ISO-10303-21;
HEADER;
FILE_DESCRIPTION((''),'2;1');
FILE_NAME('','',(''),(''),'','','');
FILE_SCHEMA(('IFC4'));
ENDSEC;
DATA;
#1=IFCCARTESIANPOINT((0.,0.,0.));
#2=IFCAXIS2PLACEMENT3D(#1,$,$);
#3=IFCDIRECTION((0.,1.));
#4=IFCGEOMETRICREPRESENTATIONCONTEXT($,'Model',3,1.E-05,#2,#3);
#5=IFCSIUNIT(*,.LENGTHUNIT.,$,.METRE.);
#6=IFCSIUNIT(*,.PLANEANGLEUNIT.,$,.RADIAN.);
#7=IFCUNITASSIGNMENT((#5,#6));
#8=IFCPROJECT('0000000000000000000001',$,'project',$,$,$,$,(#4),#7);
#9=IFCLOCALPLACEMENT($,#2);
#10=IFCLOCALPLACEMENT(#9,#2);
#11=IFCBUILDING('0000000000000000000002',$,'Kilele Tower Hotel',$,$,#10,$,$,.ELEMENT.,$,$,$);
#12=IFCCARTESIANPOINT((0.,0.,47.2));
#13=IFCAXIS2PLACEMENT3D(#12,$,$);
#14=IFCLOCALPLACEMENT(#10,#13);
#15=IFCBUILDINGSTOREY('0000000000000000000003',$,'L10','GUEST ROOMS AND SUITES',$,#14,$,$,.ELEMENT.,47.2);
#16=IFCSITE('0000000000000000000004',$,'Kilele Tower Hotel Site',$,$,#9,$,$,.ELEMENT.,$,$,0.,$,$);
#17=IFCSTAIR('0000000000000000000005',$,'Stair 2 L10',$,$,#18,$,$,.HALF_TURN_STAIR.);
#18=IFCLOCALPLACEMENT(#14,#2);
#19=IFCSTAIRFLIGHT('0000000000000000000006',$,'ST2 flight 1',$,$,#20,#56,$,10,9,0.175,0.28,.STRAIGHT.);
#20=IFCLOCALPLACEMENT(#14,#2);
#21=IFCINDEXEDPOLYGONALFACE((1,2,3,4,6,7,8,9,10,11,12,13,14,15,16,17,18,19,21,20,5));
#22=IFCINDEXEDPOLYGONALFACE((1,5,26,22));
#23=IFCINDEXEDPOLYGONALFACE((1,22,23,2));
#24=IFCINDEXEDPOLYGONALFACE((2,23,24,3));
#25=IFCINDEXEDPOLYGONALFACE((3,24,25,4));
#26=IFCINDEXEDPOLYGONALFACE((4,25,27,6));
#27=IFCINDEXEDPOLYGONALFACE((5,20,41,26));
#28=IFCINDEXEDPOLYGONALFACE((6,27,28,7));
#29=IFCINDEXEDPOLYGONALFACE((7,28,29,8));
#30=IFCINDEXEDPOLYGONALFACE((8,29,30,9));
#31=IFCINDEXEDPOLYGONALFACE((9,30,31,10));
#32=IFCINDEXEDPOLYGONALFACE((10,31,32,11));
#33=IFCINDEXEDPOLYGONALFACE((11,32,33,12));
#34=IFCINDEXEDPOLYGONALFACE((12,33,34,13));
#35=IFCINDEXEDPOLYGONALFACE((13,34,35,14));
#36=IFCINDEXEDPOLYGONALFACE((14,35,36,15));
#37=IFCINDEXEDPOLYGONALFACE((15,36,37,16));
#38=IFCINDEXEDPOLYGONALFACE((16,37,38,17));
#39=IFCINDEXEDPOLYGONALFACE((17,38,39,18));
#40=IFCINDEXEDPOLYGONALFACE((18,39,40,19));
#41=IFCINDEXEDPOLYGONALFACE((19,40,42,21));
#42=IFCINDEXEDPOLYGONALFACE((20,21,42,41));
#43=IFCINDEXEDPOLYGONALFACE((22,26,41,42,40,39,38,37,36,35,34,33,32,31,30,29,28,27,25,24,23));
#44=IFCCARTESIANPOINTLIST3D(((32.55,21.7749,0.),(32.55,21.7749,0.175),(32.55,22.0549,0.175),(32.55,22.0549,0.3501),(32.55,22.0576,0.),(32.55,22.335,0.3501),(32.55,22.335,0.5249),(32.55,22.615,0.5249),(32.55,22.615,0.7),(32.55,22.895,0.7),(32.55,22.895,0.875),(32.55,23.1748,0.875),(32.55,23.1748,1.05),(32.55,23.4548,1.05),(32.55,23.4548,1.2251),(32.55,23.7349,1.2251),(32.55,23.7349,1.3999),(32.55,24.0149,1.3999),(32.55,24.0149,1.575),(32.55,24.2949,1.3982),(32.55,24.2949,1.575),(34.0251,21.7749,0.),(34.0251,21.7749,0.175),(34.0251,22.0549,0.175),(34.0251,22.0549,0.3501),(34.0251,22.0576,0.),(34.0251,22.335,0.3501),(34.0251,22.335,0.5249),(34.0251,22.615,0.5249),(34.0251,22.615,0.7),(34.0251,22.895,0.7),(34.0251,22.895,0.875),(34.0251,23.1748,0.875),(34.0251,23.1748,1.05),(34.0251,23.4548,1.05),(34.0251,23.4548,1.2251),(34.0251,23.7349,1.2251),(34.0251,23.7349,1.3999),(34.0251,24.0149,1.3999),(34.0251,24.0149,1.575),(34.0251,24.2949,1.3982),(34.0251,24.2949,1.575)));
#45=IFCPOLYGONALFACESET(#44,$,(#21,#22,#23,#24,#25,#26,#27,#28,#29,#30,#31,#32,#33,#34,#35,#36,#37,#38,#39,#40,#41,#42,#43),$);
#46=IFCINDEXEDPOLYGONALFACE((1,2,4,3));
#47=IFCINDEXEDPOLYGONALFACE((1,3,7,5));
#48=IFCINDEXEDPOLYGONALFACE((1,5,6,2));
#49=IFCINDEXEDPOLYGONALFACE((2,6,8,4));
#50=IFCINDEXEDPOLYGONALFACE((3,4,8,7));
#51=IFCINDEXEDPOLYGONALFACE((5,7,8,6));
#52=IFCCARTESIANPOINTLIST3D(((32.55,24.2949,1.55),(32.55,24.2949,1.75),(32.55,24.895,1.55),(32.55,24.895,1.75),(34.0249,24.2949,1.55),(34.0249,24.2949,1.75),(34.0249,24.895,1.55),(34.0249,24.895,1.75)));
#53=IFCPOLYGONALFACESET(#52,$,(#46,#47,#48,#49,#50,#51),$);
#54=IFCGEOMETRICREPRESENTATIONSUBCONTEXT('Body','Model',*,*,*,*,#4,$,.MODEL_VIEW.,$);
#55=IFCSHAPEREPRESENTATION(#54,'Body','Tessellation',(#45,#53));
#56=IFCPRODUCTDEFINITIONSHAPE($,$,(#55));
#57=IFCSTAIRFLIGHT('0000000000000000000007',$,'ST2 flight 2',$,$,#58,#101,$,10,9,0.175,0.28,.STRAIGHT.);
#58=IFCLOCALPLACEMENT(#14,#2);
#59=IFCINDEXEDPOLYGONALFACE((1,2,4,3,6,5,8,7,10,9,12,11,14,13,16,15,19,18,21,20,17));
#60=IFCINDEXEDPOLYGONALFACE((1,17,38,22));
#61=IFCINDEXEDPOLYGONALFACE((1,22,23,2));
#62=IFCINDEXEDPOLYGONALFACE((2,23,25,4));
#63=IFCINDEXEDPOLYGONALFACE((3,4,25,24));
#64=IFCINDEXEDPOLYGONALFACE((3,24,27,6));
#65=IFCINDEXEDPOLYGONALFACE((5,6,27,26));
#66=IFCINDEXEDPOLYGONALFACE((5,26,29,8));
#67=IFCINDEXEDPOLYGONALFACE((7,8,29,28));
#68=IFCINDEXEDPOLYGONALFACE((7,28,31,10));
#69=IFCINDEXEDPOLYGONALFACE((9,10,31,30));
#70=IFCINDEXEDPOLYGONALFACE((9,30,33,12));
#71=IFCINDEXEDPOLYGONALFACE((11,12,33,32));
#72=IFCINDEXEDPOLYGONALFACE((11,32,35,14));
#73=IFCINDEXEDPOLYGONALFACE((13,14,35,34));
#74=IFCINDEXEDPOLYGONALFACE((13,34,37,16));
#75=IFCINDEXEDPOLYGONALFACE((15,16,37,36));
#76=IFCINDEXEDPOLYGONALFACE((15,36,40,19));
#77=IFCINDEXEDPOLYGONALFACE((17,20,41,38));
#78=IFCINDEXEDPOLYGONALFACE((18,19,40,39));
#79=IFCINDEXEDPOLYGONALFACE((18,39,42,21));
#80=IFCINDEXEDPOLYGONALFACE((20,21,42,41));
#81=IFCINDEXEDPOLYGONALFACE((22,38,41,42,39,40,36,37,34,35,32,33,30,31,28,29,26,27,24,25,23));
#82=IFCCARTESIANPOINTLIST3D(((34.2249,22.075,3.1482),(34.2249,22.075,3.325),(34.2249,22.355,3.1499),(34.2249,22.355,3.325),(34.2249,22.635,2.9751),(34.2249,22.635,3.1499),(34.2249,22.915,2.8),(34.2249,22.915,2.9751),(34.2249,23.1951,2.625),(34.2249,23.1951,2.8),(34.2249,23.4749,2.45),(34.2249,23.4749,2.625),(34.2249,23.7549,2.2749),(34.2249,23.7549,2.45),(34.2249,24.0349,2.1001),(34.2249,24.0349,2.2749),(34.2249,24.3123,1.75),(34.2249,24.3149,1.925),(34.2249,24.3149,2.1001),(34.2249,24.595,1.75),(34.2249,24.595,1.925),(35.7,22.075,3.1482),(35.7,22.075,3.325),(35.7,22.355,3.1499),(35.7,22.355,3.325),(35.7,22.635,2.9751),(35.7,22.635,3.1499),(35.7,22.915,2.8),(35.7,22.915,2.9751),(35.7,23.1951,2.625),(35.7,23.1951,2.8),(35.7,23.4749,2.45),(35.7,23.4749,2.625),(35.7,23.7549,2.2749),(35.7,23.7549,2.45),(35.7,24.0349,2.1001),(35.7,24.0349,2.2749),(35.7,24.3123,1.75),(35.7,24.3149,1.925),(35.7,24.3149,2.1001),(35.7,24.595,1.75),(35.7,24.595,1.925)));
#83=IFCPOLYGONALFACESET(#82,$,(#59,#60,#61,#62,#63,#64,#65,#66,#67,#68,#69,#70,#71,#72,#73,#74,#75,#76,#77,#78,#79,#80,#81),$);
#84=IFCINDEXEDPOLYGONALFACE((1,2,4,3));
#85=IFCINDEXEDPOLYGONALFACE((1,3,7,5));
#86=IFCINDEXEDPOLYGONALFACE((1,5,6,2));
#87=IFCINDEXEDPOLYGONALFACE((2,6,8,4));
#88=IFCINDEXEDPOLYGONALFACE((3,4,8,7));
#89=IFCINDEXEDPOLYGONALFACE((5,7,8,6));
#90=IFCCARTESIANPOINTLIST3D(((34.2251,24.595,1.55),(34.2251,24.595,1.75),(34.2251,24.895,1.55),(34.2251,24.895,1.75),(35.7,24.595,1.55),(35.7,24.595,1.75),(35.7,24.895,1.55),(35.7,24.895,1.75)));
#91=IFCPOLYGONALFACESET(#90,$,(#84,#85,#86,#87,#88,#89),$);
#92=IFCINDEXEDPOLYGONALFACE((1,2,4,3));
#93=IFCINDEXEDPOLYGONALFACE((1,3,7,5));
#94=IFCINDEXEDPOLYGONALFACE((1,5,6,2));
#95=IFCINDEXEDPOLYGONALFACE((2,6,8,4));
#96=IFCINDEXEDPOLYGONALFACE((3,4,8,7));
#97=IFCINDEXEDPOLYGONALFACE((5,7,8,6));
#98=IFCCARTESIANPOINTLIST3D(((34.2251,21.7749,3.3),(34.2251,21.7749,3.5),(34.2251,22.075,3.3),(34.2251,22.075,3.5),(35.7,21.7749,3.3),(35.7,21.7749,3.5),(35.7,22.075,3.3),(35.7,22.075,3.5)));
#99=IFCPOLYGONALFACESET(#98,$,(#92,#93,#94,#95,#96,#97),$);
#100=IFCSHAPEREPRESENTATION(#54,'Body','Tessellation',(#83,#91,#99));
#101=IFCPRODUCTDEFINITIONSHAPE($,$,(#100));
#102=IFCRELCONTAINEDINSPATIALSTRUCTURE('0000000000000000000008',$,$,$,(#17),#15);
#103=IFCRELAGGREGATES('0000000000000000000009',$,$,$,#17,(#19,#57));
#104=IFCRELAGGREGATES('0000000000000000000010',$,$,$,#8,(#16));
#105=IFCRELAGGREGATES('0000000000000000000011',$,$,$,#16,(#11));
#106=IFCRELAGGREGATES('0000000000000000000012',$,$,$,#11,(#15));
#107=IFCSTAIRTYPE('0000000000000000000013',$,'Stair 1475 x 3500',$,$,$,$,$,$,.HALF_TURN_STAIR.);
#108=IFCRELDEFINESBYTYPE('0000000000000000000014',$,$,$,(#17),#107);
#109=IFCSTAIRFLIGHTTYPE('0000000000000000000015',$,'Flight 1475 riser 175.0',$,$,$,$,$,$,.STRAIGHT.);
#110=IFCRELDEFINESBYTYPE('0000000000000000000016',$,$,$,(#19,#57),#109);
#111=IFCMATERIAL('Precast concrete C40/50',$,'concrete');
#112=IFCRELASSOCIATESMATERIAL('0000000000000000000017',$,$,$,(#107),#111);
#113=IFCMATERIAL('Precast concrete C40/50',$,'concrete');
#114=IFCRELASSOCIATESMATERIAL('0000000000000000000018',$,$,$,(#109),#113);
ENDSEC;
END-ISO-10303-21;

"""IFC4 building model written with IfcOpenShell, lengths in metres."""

from ifc_helpers import new_model, si_unit, direction, frame, origin, place, context, subcontext, project, spatial, polyline, outline, extrude, material, type_object, element, aggregate, save


model = new_model("IFC4")

# Units and contexts
model_context = context("Model", 3, precision=1e-05, world=origin(), true_north=direction((0.0, 1.0)))
body_context = subcontext(model_context, "Body", "Model", "MODEL_VIEW")
ifc_project = project(units=[si_unit("LENGTHUNIT", "METRE"), si_unit("PLANEANGLEUNIT", "RADIAN")], contexts=[model_context])

# Site, building, storey
site_placement = place(None, origin())
site = spatial("IfcSite", under=ifc_project, at=site_placement, Name="Kilele Tower Hotel Site", CompositionType="ELEMENT", RefElevation=0.0)
building_placement = place(site_placement, origin())
building = spatial("IfcBuilding", under=site, at=building_placement, Name="Kilele Tower Hotel", CompositionType="ELEMENT")
storey_placement = place(building_placement, frame((0.0, 0.0, 47.2)))
storey = spatial("IfcBuildingStorey", under=building, at=storey_placement, Name="L10", Description="GUEST ROOMS AND SUITES", CompositionType="ELEMENT", Elevation=47.2)

# Stair, stair flights
ifc_material_1 = material(Name="Precast concrete C40/50", Category="concrete")
stair_type = type_object("IfcStairType", Name="Stair 1475 x 3500", PredefinedType="HALF_TURN_STAIR", material=ifc_material_1)
stair_placement = place(storey_placement, origin())
stair = element("IfcStair", 1, at=stair_placement, inside=storey, type_object=stair_type, Name="Stair 2 L10", PredefinedType="HALF_TURN_STAIR")
ifc_material_2 = material(Name="Precast concrete C40/50", Category="concrete")
stair_flight_type = type_object("IfcStairFlightType", Name="Flight 1475 riser 175.0", PredefinedType="STRAIGHT", material=ifc_material_2)
stair_flight_1_placement = place(storey_placement, frame((33.2876, 21.7749, 0.0), z_axis=(0.0, 0.0, 1.0), x_axis=(0.0, 1.0, 0.0)))
stair_flight_1 = element("IfcStairFlight", 2, at=stair_flight_1_placement, type_object=stair_flight_type, Name="ST2 flight 1", NumberOfRisers=10, NumberOfTreads=9, PredefinedType="STRAIGHT", RiserHeight=0.175, TreadLength=0.28, context=body_context, shape_type="SweptSolid", body=[
    extrude(outline(polyline([(0.0, 0.0), (0.0, 0.175), (0.28, 0.175), (0.28, 0.3501), (0.5601, 0.3501), (0.5601, 0.5249), (0.8401, 0.5249), (0.8401, 0.7), (1.1201, 0.7), (1.1201, 0.875), (1.3999, 0.875), (1.3999, 1.05), (1.6799, 1.05), (1.6799, 1.2251), (1.96, 1.2251), (1.96, 1.3999), (2.24, 1.3999), (2.24, 1.575), (2.52, 1.575), (2.52, 1.75), (2.52, 1.3982), (0.2827, 0.0), (0.0, 0.0)])), frame((0.0, 0.7375, 0.0), z_axis=(0.0, -1.0, 0.0), x_axis=(1.0, 0.0, 0.0)), (0.0, 0.0, 1.0), 1.4751),
    extrude(outline(polyline([(2.52, 0.7375), (2.52, -0.7373), (3.1201, -0.7373), (3.1201, 0.7375), (2.52, 0.7375)])), frame((0.0, 0.0, 1.55)), (0.0, 0.0, 1.0), 0.2),
])
stair_flight_2_placement = place(storey_placement, frame((34.9624, 24.595, 1.75), z_axis=(0.0, 0.0, 1.0), x_axis=(0.0, -1.0, 0.0)))
stair_flight_2 = element("IfcStairFlight", 3, at=stair_flight_2_placement, type_object=stair_flight_type, Name="ST2 flight 2", NumberOfRisers=10, NumberOfTreads=9, PredefinedType="STRAIGHT", RiserHeight=0.175, TreadLength=0.28, context=body_context, shape_type="SweptSolid", body=[
    extrude(outline(polyline([(0.0, 0.0), (0.0, 0.175), (0.28, 0.175), (0.28, 0.3501), (0.5601, 0.3501), (0.5601, 0.5249), (0.8401, 0.5249), (0.8401, 0.7), (1.1201, 0.7), (1.1201, 0.875), (1.3999, 0.875), (1.3999, 1.05), (1.6799, 1.05), (1.6799, 1.2251), (1.96, 1.2251), (1.96, 1.3999), (2.24, 1.3999), (2.24, 1.575), (2.52, 1.575), (2.52, 1.75), (2.52, 1.3982), (0.2827, 0.0), (0.0, 0.0)])), frame((0.0, 0.7375, 0.0), z_axis=(0.0, -1.0, 0.0), x_axis=(1.0, 0.0, 0.0)), (0.0, 0.0, 1.0), 1.4751),
    extrude(outline(polyline([(0.0, -0.7373), (0.0, 0.7375), (-0.3, 0.7375), (-0.3, -0.7373), (0.0, -0.7373)])), frame((0.0, 0.0, -0.2)), (0.0, 0.0, 1.0), 0.2),
    extrude(outline(polyline([(2.8201, -0.7373), (2.8201, 0.7375), (2.52, 0.7375), (2.52, -0.7373), (2.8201, -0.7373)])), frame((0.0, 0.0, 1.55)), (0.0, 0.0, 1.0), 0.2),
])
aggregate(stair, [stair_flight_1, stair_flight_2])

save(model, "model.ifc")
